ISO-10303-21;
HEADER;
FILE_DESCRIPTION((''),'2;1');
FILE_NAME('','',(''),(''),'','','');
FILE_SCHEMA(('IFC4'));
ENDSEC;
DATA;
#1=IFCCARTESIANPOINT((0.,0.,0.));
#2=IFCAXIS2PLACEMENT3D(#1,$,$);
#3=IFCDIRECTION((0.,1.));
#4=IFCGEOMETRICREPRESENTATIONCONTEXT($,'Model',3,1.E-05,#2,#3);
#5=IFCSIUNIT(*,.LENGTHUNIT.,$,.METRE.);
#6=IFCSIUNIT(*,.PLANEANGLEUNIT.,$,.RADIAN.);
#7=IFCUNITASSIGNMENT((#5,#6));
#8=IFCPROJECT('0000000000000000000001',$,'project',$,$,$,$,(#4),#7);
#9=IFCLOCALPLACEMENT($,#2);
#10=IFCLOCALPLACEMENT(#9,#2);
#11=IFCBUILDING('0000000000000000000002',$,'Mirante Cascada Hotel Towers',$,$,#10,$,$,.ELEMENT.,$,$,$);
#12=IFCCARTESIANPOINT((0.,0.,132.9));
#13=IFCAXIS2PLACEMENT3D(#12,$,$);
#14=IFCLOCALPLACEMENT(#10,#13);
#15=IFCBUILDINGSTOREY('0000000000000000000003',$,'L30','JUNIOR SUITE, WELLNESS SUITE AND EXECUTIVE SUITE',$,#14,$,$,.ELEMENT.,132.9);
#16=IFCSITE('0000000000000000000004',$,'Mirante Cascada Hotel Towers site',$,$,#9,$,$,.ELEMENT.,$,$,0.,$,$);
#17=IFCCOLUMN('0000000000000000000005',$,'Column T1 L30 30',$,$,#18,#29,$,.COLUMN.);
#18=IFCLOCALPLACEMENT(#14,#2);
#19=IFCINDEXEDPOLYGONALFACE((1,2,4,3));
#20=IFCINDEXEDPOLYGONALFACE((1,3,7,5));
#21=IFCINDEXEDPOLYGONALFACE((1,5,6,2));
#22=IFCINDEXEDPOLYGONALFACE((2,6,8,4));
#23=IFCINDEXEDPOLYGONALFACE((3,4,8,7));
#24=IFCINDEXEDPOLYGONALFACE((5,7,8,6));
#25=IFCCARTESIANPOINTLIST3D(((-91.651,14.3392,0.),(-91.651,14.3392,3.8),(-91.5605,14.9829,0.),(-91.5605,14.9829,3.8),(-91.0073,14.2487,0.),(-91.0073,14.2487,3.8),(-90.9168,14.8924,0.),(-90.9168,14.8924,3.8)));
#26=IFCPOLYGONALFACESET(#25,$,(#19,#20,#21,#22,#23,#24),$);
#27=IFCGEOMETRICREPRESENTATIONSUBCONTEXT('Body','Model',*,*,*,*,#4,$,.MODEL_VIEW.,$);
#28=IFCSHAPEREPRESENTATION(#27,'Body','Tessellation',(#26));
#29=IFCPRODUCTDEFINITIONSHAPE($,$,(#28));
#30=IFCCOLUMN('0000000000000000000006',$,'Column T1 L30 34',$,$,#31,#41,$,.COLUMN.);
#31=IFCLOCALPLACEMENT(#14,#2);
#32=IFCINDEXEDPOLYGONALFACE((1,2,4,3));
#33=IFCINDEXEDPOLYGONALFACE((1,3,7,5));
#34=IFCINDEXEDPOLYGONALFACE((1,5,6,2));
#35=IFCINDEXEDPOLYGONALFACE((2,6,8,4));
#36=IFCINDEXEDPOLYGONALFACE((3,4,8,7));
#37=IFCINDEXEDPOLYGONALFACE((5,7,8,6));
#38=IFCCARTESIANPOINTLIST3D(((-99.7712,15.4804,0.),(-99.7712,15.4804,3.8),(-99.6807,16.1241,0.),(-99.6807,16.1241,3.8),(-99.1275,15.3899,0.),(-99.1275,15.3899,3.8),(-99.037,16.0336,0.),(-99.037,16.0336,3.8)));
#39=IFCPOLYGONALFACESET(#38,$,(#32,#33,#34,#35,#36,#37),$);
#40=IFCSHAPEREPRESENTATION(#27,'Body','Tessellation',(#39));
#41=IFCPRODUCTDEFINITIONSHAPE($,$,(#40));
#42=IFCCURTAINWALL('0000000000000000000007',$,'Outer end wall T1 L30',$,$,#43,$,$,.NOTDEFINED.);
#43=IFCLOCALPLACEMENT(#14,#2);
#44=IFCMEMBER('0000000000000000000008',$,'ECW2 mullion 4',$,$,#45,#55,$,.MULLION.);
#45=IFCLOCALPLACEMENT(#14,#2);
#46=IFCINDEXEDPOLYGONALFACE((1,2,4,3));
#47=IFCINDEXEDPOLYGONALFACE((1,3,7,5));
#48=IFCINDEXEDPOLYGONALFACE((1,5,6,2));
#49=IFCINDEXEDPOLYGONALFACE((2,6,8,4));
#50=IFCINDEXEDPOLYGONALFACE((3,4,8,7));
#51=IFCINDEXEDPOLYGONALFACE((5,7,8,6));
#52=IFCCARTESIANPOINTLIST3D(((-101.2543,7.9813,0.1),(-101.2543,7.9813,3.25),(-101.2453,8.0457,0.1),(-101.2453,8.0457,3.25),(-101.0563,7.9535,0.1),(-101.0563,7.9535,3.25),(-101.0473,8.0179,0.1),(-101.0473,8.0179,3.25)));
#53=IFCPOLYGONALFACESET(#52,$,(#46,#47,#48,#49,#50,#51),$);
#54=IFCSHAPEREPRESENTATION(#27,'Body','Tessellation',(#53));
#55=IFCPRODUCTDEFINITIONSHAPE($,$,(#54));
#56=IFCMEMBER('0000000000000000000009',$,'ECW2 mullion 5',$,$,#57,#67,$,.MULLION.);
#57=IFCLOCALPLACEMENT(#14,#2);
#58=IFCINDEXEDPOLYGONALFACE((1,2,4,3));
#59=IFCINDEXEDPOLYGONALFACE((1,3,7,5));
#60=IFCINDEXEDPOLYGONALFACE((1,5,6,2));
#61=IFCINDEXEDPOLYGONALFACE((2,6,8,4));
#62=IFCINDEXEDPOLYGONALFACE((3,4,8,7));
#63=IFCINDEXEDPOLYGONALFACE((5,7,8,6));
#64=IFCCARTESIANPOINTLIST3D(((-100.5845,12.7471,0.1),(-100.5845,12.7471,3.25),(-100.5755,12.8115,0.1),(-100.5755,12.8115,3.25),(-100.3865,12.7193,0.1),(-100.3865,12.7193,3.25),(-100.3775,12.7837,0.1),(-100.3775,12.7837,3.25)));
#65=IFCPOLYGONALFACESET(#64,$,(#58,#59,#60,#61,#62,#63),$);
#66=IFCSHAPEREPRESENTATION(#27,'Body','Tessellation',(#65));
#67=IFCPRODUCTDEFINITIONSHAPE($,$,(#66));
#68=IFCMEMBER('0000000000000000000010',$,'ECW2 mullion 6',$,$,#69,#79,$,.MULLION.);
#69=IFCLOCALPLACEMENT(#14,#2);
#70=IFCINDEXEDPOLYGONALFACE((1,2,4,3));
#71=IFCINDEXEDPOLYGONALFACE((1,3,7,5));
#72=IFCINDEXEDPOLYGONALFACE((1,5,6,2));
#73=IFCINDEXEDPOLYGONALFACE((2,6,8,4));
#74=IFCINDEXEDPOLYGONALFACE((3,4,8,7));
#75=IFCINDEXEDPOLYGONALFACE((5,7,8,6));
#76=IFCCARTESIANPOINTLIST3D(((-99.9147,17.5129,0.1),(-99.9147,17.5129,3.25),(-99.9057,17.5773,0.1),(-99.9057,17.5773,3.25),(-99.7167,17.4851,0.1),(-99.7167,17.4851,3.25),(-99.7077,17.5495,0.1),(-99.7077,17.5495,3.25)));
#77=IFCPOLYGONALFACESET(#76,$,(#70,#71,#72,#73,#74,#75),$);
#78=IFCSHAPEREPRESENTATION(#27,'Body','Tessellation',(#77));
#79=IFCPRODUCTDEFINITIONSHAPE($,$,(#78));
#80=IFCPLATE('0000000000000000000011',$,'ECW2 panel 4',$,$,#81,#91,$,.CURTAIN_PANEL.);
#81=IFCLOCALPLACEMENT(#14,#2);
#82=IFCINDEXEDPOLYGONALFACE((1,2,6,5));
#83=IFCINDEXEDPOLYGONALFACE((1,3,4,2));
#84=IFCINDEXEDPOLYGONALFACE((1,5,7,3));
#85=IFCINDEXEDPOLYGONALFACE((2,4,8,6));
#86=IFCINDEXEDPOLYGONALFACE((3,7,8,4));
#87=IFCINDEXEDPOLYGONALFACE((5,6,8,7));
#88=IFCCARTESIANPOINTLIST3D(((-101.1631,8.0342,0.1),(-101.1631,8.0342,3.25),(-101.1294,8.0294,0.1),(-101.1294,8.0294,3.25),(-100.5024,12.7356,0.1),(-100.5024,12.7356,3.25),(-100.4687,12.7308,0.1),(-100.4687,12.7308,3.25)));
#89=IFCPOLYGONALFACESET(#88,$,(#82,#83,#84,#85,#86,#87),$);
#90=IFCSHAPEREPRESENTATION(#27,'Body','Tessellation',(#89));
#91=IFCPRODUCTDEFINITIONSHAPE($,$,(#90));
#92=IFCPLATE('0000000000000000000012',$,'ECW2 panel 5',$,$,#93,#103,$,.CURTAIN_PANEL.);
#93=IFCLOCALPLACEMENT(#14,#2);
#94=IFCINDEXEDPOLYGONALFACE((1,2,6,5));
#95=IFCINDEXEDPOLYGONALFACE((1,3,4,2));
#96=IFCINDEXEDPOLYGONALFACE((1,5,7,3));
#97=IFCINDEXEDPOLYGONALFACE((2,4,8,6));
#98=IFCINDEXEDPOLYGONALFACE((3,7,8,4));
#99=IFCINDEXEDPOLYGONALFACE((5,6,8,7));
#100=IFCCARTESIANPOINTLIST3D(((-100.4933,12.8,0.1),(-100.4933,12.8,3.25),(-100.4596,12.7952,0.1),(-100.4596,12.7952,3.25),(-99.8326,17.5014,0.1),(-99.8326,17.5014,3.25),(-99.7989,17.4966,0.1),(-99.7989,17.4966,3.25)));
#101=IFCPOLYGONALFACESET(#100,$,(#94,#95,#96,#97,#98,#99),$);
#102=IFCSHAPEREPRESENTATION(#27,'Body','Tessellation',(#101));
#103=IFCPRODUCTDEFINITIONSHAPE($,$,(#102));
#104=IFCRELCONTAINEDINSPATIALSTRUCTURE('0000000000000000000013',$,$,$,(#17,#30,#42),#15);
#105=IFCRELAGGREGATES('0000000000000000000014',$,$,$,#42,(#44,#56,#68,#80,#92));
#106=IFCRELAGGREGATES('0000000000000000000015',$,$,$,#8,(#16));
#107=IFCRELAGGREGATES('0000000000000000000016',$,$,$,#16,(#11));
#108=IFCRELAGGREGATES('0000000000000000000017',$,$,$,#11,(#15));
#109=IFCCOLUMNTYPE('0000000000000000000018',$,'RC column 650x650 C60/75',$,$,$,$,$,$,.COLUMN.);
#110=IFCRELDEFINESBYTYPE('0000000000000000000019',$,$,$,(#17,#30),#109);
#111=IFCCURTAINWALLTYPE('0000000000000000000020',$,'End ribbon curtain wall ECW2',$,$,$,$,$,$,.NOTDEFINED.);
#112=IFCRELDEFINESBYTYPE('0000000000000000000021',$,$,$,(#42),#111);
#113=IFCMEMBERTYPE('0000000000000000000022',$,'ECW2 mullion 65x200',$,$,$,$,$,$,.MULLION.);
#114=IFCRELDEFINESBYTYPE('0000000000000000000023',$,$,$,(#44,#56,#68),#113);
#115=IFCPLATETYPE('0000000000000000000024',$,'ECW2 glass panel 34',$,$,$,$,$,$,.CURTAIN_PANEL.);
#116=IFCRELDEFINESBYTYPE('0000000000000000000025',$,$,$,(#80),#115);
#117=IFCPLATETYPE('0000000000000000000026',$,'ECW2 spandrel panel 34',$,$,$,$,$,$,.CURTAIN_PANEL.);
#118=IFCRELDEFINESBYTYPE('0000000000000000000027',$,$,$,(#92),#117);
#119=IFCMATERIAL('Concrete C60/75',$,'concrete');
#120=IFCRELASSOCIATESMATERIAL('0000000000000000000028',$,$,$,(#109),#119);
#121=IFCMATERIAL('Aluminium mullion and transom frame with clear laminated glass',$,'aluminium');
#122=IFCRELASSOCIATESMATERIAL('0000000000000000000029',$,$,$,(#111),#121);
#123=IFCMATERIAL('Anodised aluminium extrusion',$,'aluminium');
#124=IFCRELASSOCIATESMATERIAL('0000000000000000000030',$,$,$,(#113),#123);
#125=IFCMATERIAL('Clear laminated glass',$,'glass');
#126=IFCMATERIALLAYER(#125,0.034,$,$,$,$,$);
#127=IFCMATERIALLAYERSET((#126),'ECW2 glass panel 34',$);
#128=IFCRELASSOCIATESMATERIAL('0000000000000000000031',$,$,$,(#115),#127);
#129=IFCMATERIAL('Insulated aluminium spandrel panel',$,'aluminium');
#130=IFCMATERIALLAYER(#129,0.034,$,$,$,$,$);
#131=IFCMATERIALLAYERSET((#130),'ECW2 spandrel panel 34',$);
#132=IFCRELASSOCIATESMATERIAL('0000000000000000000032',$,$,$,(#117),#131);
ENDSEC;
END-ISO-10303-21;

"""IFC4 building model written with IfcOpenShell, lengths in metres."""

from ifc_helpers import new_model, si_unit, direction, frame, origin, origin_2d, place, context, subcontext, project, spatial, rectangle, extrude, material, layer, layer_set, material_profile, profile_set, type_object, element, aggregate, save


model = new_model("IFC4")

# Units and contexts
model_context = context("Model", 3, precision=1e-05, world=origin(), true_north=direction((0.0, 1.0)))
body_context = subcontext(model_context, "Body", "Model", "MODEL_VIEW")
ifc_project = project(units=[si_unit("LENGTHUNIT", "METRE"), si_unit("PLANEANGLEUNIT", "RADIAN")], contexts=[model_context])

# Site, building, storey
site_placement = place(None, origin())
site = spatial("IfcSite", under=ifc_project, at=site_placement, Name="Mirante Cascada Hotel Towers site", CompositionType="ELEMENT", RefElevation=0.0)
building_placement = place(site_placement, origin())
building = spatial("IfcBuilding", under=site, at=building_placement, Name="Mirante Cascada Hotel Towers", CompositionType="ELEMENT")
storey_placement = place(building_placement, frame((0.0, 0.0, 132.9)))
storey = spatial("IfcBuildingStorey", under=building, at=storey_placement, Name="L30", Description="JUNIOR SUITE, WELLNESS SUITE AND EXECUTIVE SUITE", CompositionType="ELEMENT", Elevation=132.9)

# Columns
ifc_material_1 = material(Name="Concrete C60/75", Category="concrete")
ifc_material_profile_1 = material_profile(ifc_material_1, rectangle(XDim=0.65, YDim=0.65, at=origin_2d()), Name="RC column 650x650 C60/75")
ifc_profile_set_1 = profile_set([ifc_material_profile_1], Name="Concrete C60/75")
column_type = type_object("IfcColumnType", Name="RC column 650x650 C60/75", PredefinedType="COLUMN", material=ifc_profile_set_1)
for number, where, z_axis, x_axis, name in (
    (1, (-91.2839, 14.6158, 0.0), (0.0, 0.0, 1.0), (-0.990268, 0.139173, 0.0), "Column T1 L30 30"),
    (2, (-99.4041, 15.757, 0.0), (0.0, 0.0, 1.0), (-0.990268, 0.139173, 0.0), "Column T1 L30 34"),
):
    element("IfcColumn", number, at=place(storey_placement, frame(where, z_axis=z_axis, x_axis=x_axis)), inside=storey, type_object=column_type, Name=name, PredefinedType="COLUMN", context=body_context, shape_type="SweptSolid", body=[
        extrude(rectangle(XDim=0.65, YDim=0.65, at=origin_2d()), origin(), (0.0, 0.0, 1.0), 3.8),
    ])

# Curtain wall, members, plates
ifc_material_2 = material(Name="Aluminium mullion and transom frame with clear laminated glass", Category="aluminium")
curtain_wall_type = type_object("IfcCurtainWallType", Name="End ribbon curtain wall ECW2", PredefinedType="NOTDEFINED", material=ifc_material_2)
curtain_wall_placement = place(storey_placement, origin())
curtain_wall = element("IfcCurtainWall", 3, at=curtain_wall_placement, inside=storey, type_object=curtain_wall_type, Name="Outer end wall T1 L30", PredefinedType="NOTDEFINED")
ifc_material_3 = material(Name="Anodised aluminium extrusion", Category="aluminium")
ifc_material_profile_2 = material_profile(ifc_material_3, rectangle(XDim=0.2, YDim=0.065, at=origin_2d()), Name="ECW2 MULLION 65x200")
ifc_profile_set_2 = profile_set([ifc_material_profile_2], Name="Anodised aluminium extrusion")
member_type = type_object("IfcMemberType", Name="ECW2 mullion 65x200", PredefinedType="MULLION", material=ifc_profile_set_2)
member_1_placement = place(storey_placement, frame((-101.1508, 7.9996, 0.1), z_axis=(0.0, 0.0, 1.0), x_axis=(-0.990268, 0.139173, 0.0)))
member_1 = element("IfcMember", 4, at=member_1_placement, type_object=member_type, Name="ECW2 mullion 4", PredefinedType="MULLION", context=body_context, shape_type="SweptSolid", body=[
    extrude(rectangle(XDim=0.2, YDim=0.065, at=origin_2d()), origin(), (0.0, 0.0, 1.0), 3.15),
])
member_2_placement = place(storey_placement, frame((-100.481, 12.7654, 0.1), z_axis=(0.0, 0.0, 1.0), x_axis=(-0.990268, 0.139173, 0.0)))
member_2 = element("IfcMember", 5, at=member_2_placement, type_object=member_type, Name="ECW2 mullion 5", PredefinedType="MULLION", context=body_context, shape_type="SweptSolid", body=[
    extrude(rectangle(XDim=0.2, YDim=0.065, at=origin_2d()), origin(), (0.0, 0.0, 1.0), 3.15),
])
member_3_placement = place(storey_placement, frame((-99.8112, 17.5312, 0.1), z_axis=(0.0, 0.0, 1.0), x_axis=(-0.990268, 0.139173, 0.0)))
member_3 = element("IfcMember", 6, at=member_3_placement, type_object=member_type, Name="ECW2 mullion 6", PredefinedType="MULLION", context=body_context, shape_type="SweptSolid", body=[
    extrude(rectangle(XDim=0.2, YDim=0.065, at=origin_2d()), origin(), (0.0, 0.0, 1.0), 3.15),
])
ifc_material_4 = material(Name="Clear laminated glass", Category="glass")
ifc_layer_1 = layer(ifc_material_4, 0.034)
ifc_layer_set_1 = layer_set([ifc_layer_1], Name="ECW2 glass panel 34")
plate_type_1 = type_object("IfcPlateType", Name="ECW2 glass panel 34", PredefinedType="CURTAIN_PANEL", material=ifc_layer_set_1)
plate_1_placement = place(storey_placement, frame((-100.8159, 10.3825, 0.1), z_axis=(0.0, 0.0, 1.0), x_axis=(0.139173, 0.990268, 0.0)))
plate_1 = element("IfcPlate", 7, at=plate_1_placement, type_object=plate_type_1, Name="ECW2 panel 4", PredefinedType="CURTAIN_PANEL", context=body_context, shape_type="SweptSolid", body=[
    extrude(rectangle(XDim=4.7476, YDim=0.034, at=origin_2d()), origin(), (0.0, 0.0, 1.0), 3.15),
])
ifc_material_5 = material(Name="Insulated aluminium spandrel panel", Category="aluminium")
ifc_layer_2 = layer(ifc_material_5, 0.034)
ifc_layer_set_2 = layer_set([ifc_layer_2], Name="ECW2 spandrel panel 34")
plate_type_2 = type_object("IfcPlateType", Name="ECW2 spandrel panel 34", PredefinedType="CURTAIN_PANEL", material=ifc_layer_set_2)
plate_2_placement = place(storey_placement, frame((-100.1461, 15.1483, 0.1), z_axis=(0.0, 0.0, 1.0), x_axis=(0.139173, 0.990268, 0.0)))
plate_2 = element("IfcPlate", 8, at=plate_2_placement, type_object=plate_type_2, Name="ECW2 panel 5", PredefinedType="CURTAIN_PANEL", context=body_context, shape_type="SweptSolid", body=[
    extrude(rectangle(XDim=4.7476, YDim=0.034, at=origin_2d()), origin(), (0.0, 0.0, 1.0), 3.15),
])
aggregate(curtain_wall, [member_1, member_2, member_3, plate_1, plate_2])

save(model, "model.ifc")
